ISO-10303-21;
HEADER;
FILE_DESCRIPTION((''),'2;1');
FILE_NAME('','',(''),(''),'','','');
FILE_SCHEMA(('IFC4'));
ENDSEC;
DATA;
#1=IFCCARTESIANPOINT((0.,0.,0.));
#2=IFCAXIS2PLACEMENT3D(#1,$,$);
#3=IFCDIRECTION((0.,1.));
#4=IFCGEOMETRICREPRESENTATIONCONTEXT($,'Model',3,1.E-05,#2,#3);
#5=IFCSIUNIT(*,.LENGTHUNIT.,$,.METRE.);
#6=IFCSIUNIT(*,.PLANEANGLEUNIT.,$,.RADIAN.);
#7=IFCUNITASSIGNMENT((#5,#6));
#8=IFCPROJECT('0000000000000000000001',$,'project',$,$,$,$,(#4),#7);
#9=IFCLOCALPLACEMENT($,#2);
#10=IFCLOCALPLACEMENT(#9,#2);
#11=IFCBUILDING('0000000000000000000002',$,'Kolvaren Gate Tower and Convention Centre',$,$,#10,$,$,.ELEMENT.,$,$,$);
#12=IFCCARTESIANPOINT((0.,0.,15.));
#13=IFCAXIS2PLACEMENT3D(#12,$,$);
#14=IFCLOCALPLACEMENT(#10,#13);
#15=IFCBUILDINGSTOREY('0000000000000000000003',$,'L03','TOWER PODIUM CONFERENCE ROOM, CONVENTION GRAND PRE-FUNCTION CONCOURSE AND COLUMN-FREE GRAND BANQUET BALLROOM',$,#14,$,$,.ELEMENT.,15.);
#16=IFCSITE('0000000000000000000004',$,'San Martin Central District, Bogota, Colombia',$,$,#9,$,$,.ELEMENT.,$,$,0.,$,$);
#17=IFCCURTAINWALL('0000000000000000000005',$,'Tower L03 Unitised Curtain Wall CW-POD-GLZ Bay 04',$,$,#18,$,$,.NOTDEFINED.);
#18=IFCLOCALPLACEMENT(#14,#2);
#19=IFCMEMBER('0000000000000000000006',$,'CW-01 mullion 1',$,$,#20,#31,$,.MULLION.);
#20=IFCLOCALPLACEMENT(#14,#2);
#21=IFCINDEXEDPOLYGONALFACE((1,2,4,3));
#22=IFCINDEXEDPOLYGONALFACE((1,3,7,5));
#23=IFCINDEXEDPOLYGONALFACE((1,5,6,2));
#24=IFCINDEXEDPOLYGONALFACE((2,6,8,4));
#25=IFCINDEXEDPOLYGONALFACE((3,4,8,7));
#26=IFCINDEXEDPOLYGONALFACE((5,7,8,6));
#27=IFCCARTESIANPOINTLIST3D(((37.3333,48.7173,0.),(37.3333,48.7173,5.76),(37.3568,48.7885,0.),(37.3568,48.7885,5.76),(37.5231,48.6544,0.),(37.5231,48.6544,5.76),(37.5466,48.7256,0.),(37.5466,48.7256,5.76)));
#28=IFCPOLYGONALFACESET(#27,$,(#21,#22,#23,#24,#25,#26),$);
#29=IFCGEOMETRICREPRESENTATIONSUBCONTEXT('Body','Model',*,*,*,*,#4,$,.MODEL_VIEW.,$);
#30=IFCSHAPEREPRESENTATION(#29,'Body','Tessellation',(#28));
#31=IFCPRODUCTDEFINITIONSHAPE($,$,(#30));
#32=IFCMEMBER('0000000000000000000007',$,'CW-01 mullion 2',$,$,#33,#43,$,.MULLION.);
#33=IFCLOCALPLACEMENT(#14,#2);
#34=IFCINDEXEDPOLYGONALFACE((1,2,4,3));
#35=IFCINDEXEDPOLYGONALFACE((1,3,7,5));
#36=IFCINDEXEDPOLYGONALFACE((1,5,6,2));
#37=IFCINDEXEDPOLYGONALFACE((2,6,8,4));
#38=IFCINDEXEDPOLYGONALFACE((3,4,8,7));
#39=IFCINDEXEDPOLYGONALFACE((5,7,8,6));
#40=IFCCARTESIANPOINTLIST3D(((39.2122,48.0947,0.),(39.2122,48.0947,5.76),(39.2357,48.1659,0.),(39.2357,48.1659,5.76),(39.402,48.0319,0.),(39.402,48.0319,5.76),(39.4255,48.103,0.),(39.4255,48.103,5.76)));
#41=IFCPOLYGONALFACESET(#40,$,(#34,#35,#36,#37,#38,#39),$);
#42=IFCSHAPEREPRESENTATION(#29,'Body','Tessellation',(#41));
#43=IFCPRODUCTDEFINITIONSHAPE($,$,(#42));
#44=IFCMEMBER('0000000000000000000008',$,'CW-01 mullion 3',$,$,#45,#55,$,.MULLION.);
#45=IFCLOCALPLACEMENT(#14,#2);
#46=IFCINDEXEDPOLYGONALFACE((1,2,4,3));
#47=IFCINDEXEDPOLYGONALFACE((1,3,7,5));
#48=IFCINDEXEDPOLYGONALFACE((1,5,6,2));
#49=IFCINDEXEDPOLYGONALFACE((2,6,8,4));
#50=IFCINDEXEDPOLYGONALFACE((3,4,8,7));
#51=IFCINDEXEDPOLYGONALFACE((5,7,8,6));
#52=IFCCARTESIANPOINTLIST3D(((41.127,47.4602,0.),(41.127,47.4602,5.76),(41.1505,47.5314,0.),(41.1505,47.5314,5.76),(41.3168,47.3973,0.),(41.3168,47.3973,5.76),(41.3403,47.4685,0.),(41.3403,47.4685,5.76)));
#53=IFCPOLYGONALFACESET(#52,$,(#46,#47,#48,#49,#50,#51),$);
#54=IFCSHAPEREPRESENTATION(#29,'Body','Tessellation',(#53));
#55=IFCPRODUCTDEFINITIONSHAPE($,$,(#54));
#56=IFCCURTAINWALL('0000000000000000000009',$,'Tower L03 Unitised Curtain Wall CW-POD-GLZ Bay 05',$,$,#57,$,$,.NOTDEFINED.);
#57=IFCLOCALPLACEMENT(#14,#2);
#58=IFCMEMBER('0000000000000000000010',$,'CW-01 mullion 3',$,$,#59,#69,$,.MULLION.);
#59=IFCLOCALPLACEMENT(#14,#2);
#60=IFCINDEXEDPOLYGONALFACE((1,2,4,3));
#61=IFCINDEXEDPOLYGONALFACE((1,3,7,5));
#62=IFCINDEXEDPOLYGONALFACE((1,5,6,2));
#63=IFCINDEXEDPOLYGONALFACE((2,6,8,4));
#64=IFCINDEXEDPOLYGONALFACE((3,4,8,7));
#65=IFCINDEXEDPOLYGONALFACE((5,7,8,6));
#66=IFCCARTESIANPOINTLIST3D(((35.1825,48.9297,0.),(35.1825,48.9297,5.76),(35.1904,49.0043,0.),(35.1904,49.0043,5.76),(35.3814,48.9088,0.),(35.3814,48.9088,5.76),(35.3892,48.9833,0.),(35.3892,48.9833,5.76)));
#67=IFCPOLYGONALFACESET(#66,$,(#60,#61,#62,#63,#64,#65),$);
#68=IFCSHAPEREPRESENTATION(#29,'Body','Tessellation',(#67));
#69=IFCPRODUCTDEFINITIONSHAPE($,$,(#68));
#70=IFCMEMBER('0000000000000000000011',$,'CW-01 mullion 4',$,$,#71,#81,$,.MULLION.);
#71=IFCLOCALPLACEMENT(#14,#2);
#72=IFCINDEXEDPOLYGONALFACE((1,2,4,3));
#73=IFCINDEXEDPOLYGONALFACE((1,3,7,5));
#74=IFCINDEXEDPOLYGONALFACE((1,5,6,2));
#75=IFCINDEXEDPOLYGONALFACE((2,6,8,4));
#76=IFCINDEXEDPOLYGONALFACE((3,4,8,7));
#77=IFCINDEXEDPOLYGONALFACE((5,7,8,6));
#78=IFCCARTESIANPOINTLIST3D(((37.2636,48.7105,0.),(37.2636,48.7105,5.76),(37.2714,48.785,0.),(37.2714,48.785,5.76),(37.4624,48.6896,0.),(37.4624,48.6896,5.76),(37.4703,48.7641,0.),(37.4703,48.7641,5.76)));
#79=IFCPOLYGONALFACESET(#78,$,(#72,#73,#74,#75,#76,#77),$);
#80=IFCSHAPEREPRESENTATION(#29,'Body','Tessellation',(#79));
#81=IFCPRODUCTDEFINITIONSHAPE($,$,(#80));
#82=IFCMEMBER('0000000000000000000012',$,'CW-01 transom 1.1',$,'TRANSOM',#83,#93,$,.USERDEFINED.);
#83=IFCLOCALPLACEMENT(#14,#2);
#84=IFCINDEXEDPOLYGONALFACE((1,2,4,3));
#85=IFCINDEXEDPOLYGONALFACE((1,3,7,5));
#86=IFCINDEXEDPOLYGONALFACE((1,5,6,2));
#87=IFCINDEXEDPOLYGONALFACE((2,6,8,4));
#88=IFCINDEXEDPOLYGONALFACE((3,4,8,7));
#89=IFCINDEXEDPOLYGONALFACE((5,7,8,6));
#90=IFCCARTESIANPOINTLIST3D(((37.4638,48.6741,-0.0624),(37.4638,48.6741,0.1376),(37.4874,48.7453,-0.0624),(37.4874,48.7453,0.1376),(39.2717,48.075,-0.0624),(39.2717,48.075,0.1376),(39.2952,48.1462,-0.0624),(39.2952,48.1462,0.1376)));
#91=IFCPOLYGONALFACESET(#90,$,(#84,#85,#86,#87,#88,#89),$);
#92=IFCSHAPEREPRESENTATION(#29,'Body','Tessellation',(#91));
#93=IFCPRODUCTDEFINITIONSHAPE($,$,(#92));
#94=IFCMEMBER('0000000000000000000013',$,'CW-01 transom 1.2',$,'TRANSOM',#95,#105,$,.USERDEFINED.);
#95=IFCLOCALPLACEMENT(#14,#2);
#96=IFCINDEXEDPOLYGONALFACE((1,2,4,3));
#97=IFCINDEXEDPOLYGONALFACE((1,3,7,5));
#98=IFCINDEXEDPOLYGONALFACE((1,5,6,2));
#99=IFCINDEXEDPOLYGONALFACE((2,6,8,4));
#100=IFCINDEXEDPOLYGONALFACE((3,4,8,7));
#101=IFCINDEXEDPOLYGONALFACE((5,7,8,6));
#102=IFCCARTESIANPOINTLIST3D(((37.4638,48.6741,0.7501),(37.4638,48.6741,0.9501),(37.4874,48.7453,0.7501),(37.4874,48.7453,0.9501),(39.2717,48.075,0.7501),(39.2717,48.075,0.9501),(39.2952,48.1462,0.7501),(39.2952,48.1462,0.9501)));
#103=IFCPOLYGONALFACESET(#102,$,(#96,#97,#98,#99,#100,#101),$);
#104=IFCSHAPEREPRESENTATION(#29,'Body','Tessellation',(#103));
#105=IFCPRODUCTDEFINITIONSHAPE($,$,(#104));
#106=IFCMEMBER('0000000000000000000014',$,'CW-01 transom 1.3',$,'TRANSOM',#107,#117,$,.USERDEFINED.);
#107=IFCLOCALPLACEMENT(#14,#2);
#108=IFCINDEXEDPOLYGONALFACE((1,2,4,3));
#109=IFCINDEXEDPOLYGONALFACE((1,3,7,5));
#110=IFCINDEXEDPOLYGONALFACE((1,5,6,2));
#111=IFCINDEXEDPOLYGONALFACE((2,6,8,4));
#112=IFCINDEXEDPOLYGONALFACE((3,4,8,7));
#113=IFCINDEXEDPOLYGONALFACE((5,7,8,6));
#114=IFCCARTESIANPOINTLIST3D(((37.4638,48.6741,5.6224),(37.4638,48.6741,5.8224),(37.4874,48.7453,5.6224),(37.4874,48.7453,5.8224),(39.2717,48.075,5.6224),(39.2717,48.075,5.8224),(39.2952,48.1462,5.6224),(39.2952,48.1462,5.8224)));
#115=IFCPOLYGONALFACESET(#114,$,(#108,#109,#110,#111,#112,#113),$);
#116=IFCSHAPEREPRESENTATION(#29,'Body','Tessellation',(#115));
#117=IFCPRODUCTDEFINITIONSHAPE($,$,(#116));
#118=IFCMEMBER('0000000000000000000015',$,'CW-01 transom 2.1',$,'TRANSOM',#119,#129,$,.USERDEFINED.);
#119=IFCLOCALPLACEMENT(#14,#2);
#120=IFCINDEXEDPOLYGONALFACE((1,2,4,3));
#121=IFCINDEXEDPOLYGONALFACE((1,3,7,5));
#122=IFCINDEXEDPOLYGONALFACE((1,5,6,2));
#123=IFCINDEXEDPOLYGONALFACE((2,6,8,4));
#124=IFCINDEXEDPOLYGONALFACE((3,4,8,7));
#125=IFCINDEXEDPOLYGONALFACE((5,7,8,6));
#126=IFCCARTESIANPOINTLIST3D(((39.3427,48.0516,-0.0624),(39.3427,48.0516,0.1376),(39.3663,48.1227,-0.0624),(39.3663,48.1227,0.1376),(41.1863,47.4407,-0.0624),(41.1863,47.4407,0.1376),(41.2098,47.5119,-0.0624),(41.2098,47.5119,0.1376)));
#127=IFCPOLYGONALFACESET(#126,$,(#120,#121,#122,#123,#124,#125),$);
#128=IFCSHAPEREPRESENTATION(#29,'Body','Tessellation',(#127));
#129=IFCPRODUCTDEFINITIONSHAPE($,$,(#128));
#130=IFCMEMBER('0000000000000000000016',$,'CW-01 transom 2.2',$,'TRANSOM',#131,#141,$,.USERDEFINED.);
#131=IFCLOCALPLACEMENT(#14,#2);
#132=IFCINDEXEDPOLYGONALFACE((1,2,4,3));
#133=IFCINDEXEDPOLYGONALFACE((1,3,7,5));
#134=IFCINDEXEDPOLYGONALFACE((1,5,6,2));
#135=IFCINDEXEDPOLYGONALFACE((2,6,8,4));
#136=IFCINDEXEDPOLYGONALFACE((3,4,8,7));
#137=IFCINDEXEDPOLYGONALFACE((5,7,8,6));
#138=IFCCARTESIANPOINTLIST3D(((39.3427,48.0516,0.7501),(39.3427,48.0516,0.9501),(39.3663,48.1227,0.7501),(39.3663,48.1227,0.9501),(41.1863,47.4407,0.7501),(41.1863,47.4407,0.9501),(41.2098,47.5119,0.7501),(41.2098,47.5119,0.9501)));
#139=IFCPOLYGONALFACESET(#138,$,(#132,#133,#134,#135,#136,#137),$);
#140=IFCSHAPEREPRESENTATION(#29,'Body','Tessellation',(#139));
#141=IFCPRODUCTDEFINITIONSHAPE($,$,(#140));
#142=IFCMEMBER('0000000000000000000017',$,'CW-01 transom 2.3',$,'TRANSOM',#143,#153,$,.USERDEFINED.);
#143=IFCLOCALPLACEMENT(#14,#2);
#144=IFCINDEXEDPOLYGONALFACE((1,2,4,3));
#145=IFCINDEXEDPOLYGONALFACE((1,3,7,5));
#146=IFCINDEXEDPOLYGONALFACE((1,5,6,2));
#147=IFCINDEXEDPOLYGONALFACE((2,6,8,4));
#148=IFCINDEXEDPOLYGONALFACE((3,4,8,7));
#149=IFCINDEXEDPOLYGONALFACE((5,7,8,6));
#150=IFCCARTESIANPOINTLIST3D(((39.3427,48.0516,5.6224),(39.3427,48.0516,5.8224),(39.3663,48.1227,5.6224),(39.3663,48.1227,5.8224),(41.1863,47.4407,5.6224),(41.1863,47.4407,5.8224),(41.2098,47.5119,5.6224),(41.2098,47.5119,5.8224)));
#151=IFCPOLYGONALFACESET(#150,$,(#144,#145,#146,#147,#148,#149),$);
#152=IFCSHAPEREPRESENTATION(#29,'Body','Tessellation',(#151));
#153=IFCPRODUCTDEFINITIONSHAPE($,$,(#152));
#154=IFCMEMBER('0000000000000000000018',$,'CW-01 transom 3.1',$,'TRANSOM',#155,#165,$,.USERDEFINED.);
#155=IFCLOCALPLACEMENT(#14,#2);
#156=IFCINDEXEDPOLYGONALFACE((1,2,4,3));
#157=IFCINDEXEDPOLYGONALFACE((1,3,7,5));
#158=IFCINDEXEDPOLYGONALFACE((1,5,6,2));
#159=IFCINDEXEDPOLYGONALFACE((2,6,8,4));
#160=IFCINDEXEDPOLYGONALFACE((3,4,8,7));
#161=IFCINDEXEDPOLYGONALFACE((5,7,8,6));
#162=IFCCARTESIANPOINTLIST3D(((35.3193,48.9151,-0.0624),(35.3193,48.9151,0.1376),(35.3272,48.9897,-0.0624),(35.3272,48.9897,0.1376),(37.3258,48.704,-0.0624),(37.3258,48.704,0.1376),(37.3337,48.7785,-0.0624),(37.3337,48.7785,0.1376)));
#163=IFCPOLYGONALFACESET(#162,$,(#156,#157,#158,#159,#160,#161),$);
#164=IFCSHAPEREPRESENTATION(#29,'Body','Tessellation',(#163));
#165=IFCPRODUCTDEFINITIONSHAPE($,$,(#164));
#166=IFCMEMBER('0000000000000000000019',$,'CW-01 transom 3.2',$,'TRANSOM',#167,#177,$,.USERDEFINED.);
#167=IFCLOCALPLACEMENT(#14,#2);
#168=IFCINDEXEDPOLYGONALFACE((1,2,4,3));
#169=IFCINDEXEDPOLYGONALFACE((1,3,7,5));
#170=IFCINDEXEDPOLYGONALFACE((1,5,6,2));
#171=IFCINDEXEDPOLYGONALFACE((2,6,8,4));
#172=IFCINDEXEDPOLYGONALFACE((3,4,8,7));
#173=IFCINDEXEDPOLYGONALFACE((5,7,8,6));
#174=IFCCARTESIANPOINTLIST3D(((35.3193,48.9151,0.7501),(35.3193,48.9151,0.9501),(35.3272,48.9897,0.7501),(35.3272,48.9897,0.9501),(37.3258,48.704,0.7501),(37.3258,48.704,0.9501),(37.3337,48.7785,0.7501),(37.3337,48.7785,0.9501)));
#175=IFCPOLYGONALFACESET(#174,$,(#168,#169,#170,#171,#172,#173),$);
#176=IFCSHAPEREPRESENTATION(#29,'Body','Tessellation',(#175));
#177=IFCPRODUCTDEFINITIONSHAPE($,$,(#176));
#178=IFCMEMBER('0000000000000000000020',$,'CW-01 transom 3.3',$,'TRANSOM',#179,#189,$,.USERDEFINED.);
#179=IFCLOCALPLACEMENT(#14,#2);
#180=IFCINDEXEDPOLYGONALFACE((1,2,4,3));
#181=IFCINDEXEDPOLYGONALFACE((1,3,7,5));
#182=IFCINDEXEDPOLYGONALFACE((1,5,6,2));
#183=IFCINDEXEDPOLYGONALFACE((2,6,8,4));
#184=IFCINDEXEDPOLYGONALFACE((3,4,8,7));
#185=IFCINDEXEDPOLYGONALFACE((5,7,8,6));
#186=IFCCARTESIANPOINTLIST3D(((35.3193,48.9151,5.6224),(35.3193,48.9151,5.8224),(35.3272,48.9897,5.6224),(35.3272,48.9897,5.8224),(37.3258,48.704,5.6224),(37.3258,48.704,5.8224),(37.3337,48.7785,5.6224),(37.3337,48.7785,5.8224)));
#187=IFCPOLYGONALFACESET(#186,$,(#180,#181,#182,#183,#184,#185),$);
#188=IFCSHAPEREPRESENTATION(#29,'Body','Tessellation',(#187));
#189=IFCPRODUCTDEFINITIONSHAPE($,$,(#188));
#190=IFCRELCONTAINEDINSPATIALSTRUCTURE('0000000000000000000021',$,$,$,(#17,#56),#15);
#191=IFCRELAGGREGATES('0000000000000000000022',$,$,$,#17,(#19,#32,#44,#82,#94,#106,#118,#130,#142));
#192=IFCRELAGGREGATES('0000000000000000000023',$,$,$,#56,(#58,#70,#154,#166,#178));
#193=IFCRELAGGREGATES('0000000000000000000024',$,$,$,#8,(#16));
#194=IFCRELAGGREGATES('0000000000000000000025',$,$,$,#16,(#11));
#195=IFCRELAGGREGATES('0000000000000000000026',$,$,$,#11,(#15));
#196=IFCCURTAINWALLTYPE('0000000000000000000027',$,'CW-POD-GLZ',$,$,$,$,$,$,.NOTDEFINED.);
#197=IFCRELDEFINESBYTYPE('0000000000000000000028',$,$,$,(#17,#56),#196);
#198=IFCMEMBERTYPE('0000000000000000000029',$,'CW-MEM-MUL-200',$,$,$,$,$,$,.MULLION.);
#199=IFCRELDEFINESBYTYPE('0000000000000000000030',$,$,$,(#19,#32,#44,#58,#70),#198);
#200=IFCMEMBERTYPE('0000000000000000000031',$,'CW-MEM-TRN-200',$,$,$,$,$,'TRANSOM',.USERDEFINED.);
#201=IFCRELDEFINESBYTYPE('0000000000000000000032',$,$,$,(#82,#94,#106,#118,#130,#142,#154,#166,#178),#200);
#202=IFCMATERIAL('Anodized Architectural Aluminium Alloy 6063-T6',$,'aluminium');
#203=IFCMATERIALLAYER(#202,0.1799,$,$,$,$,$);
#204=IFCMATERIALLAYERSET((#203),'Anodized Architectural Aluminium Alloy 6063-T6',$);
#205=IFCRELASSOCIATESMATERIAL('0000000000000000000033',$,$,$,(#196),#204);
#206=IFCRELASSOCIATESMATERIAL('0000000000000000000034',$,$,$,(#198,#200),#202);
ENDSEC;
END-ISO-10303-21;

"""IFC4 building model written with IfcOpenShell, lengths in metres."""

from ifc_helpers import new_model, si_unit, direction, frame, origin, origin_2d, place, context, subcontext, project, spatial, rectangle, extrude, material, layer, layer_set, material_profile, profile_set, type_object, element, aggregate, save


model = new_model("IFC4")

# Units and contexts
model_context = context("Model", 3, precision=1e-05, world=origin(), true_north=direction((0.0, 1.0)))
body_context = subcontext(model_context, "Body", "Model", "MODEL_VIEW")
ifc_project = project(units=[si_unit("LENGTHUNIT", "METRE"), si_unit("PLANEANGLEUNIT", "RADIAN")], contexts=[model_context])

# Site, building, storey
site_placement = place(None, origin())
site = spatial("IfcSite", under=ifc_project, at=site_placement, Name="San Martin Central District, Bogota, Colombia", CompositionType="ELEMENT", RefElevation=0.0)
building_placement = place(site_placement, origin())
building = spatial("IfcBuilding", under=site, at=building_placement, Name="Kolvaren Gate Tower and Convention Centre", CompositionType="ELEMENT")
storey_placement = place(building_placement, frame((0.0, 0.0, 15.0)))
storey = spatial("IfcBuildingStorey", under=building, at=storey_placement, Name="L03", Description="TOWER PODIUM CONFERENCE ROOM, CONVENTION GRAND PRE-FUNCTION CONCOURSE AND COLUMN-FREE GRAND BANQUET BALLROOM", CompositionType="ELEMENT", Elevation=15.0)

# Curtain walls, members
ifc_material_1 = material(Name="Anodized Architectural Aluminium Alloy 6063-T6", Category="aluminium")
ifc_layer_1 = layer(ifc_material_1, 0.1799)
ifc_layer_set_1 = layer_set([ifc_layer_1], Name="Anodized Architectural Aluminium Alloy 6063-T6")
curtain_wall_type = type_object("IfcCurtainWallType", Name="CW-POD-GLZ", PredefinedType="NOTDEFINED", material=ifc_layer_set_1)
curtain_wall_1_placement = place(storey_placement, origin())
curtain_wall_1 = element("IfcCurtainWall", 1, at=curtain_wall_1_placement, inside=storey, type_object=curtain_wall_type, Name="Tower L03 Unitised Curtain Wall CW-POD-GLZ Bay 04", PredefinedType="NOTDEFINED")
ifc_material_profile_1 = material_profile(ifc_material_1, rectangle(XDim=0.075, YDim=0.2, at=origin_2d()), Name="CW-MEM-MUL-200")
ifc_profile_set_1 = profile_set([ifc_material_profile_1], Name="Anodized Architectural Aluminium Alloy 6063-T6")
member_type_1 = type_object("IfcMemberType", Name="CW-MEM-MUL-200", PredefinedType="MULLION", material=ifc_profile_set_1)
member_1_placement = place(storey_placement, frame((37.4399, 48.7214, 0.0), z_axis=(0.0, 0.0, 1.0), x_axis=(0.314542, 0.949244, 0.0)))
member_1 = element("IfcMember", 2, at=member_1_placement, type_object=member_type_1, Name="CW-01 mullion 1", PredefinedType="MULLION", context=body_context, shape_type="SweptSolid", body=[
    extrude(rectangle(XDim=0.075, YDim=0.2, at=origin_2d()), origin(), (0.0, 0.0, 1.0), 5.76),
])
member_2_placement = place(storey_placement, frame((39.3188, 48.0989, 0.0), z_axis=(0.0, 0.0, 1.0), x_axis=(0.314542, 0.949244, 0.0)))
member_2 = element("IfcMember", 3, at=member_2_placement, type_object=member_type_1, Name="CW-01 mullion 2", PredefinedType="MULLION", context=body_context, shape_type="SweptSolid", body=[
    extrude(rectangle(XDim=0.075, YDim=0.2, at=origin_2d()), origin(), (0.0, 0.0, 1.0), 5.76),
])
member_3_placement = place(storey_placement, frame((41.2336, 47.4644, 0.0), z_axis=(0.0, 0.0, 1.0), x_axis=(0.314542, 0.949244, 0.0)))
member_3 = element("IfcMember", 4, at=member_3_placement, type_object=member_type_1, Name="CW-01 mullion 3", PredefinedType="MULLION", context=body_context, shape_type="SweptSolid", body=[
    extrude(rectangle(XDim=0.075, YDim=0.2, at=origin_2d()), origin(), (0.0, 0.0, 1.0), 5.76),
])
curtain_wall_2_placement = place(storey_placement, origin())
curtain_wall_2 = element("IfcCurtainWall", 5, at=curtain_wall_2_placement, inside=storey, type_object=curtain_wall_type, Name="Tower L03 Unitised Curtain Wall CW-POD-GLZ Bay 05", PredefinedType="NOTDEFINED")
member_4_placement = place(storey_placement, frame((35.2859, 48.9565, 0.0), z_axis=(0.0, 0.0, 1.0), x_axis=(0.104748, 0.994499, 0.0)))
member_4 = element("IfcMember", 6, at=member_4_placement, type_object=member_type_1, Name="CW-01 mullion 3", PredefinedType="MULLION", context=body_context, shape_type="SweptSolid", body=[
    extrude(rectangle(XDim=0.075, YDim=0.2, at=origin_2d()), origin(), (0.0, 0.0, 1.0), 5.76),
])
member_5_placement = place(storey_placement, frame((37.3669, 48.7373, 0.0), z_axis=(0.0, 0.0, 1.0), x_axis=(0.104748, 0.994499, 0.0)))
member_5 = element("IfcMember", 7, at=member_5_placement, type_object=member_type_1, Name="CW-01 mullion 4", PredefinedType="MULLION", context=body_context, shape_type="SweptSolid", body=[
    extrude(rectangle(XDim=0.075, YDim=0.2, at=origin_2d()), origin(), (0.0, 0.0, 1.0), 5.76),
])

# Members
ifc_material_profile_2 = material_profile(ifc_material_1, rectangle(XDim=0.075, YDim=0.2, at=origin_2d()), Name="CW-MEM-TRN-200")
ifc_profile_set_2 = profile_set([ifc_material_profile_2], Name="Anodized Architectural Aluminium Alloy 6063-T6")
member_type_2 = type_object("IfcMemberType", Name="CW-MEM-TRN-200", ElementType="TRANSOM", PredefinedType="USERDEFINED", material=ifc_profile_set_2)
member_6_placement = place(storey_placement, frame((37.4756, 48.7097, 0.0376), z_axis=(0.949233, -0.314574, 0.0), x_axis=(0.314574, 0.949233, 0.0)))
member_6 = element("IfcMember", 8, at=member_6_placement, type_object=member_type_2, Name="CW-01 transom 1.1", ObjectType="TRANSOM", PredefinedType="USERDEFINED", context=body_context, shape_type="SweptSolid", body=[
    extrude(rectangle(XDim=0.075, YDim=0.2, at=origin_2d()), origin(), (0.0, 0.0, 1.0), 1.9045),
])
member_7_placement = place(storey_placement, frame((37.4756, 48.7097, 0.8501), z_axis=(0.949233, -0.314574, 0.0), x_axis=(0.314574, 0.949233, 0.0)))
member_7 = element("IfcMember", 9, at=member_7_placement, type_object=member_type_2, Name="CW-01 transom 1.2", ObjectType="TRANSOM", PredefinedType="USERDEFINED", context=body_context, shape_type="SweptSolid", body=[
    extrude(rectangle(XDim=0.075, YDim=0.2, at=origin_2d()), origin(), (0.0, 0.0, 1.0), 1.9045),
])
member_8_placement = place(storey_placement, frame((37.4756, 48.7097, 5.7224), z_axis=(0.949233, -0.314574, 0.0), x_axis=(0.314574, 0.949233, 0.0)))
member_8 = element("IfcMember", 10, at=member_8_placement, type_object=member_type_2, Name="CW-01 transom 1.3", ObjectType="TRANSOM", PredefinedType="USERDEFINED", context=body_context, shape_type="SweptSolid", body=[
    extrude(rectangle(XDim=0.075, YDim=0.2, at=origin_2d()), origin(), (0.0, 0.0, 1.0), 1.9045),
])
member_9_placement = place(storey_placement, frame((39.3545, 48.0872, 0.0376), z_axis=(0.949247, -0.31453, 0.0), x_axis=(0.31453, 0.949247, 0.0)))
member_9 = element("IfcMember", 11, at=member_9_placement, type_object=member_type_2, Name="CW-01 transom 2.1", ObjectType="TRANSOM", PredefinedType="USERDEFINED", context=body_context, shape_type="SweptSolid", body=[
    extrude(rectangle(XDim=0.075, YDim=0.2, at=origin_2d()), origin(), (0.0, 0.0, 1.0), 1.9421),
])
member_10_placement = place(storey_placement, frame((39.3545, 48.0872, 0.8501), z_axis=(0.949247, -0.31453, 0.0), x_axis=(0.31453, 0.949247, 0.0)))
member_10 = element("IfcMember", 12, at=member_10_placement, type_object=member_type_2, Name="CW-01 transom 2.2", ObjectType="TRANSOM", PredefinedType="USERDEFINED", context=body_context, shape_type="SweptSolid", body=[
    extrude(rectangle(XDim=0.075, YDim=0.2, at=origin_2d()), origin(), (0.0, 0.0, 1.0), 1.9421),
])
member_11_placement = place(storey_placement, frame((39.3545, 48.0872, 5.7224), z_axis=(0.949247, -0.31453, 0.0), x_axis=(0.31453, 0.949247, 0.0)))
member_11 = element("IfcMember", 13, at=member_11_placement, type_object=member_type_2, Name="CW-01 transom 2.3", ObjectType="TRANSOM", PredefinedType="USERDEFINED", context=body_context, shape_type="SweptSolid", body=[
    extrude(rectangle(XDim=0.075, YDim=0.2, at=origin_2d()), origin(), (0.0, 0.0, 1.0), 1.9421),
])
member_12_placement = place(storey_placement, frame((35.3232, 48.9524, 0.0376), z_axis=(0.994507, -0.104666, 0.0), x_axis=(0.104666, 0.994507, 0.0)))
member_12 = element("IfcMember", 14, at=member_12_placement, type_object=member_type_2, Name="CW-01 transom 3.1", ObjectType="TRANSOM", PredefinedType="USERDEFINED", context=body_context, shape_type="SweptSolid", body=[
    extrude(rectangle(XDim=0.075, YDim=0.2, at=origin_2d()), origin(), (0.0, 0.0, 1.0), 2.0176),
])
member_13_placement = place(storey_placement, frame((35.3232, 48.9524, 0.8501), z_axis=(0.994507, -0.104666, 0.0), x_axis=(0.104666, 0.994507, 0.0)))
member_13 = element("IfcMember", 15, at=member_13_placement, type_object=member_type_2, Name="CW-01 transom 3.2", ObjectType="TRANSOM", PredefinedType="USERDEFINED", context=body_context, shape_type="SweptSolid", body=[
    extrude(rectangle(XDim=0.075, YDim=0.2, at=origin_2d()), origin(), (0.0, 0.0, 1.0), 2.0176),
])
member_14_placement = place(storey_placement, frame((35.3232, 48.9524, 5.7224), z_axis=(0.994507, -0.104666, 0.0), x_axis=(0.104666, 0.994507, 0.0)))
member_14 = element("IfcMember", 16, at=member_14_placement, type_object=member_type_2, Name="CW-01 transom 3.3", ObjectType="TRANSOM", PredefinedType="USERDEFINED", context=body_context, shape_type="SweptSolid", body=[
    extrude(rectangle(XDim=0.075, YDim=0.2, at=origin_2d()), origin(), (0.0, 0.0, 1.0), 2.0176),
])

aggregate(curtain_wall_1, [member_1, member_2, member_3, member_6, member_7, member_8, member_9, member_10, member_11])
aggregate(curtain_wall_2, [member_4, member_5, member_12, member_13, member_14])

save(model, "model.ifc")
